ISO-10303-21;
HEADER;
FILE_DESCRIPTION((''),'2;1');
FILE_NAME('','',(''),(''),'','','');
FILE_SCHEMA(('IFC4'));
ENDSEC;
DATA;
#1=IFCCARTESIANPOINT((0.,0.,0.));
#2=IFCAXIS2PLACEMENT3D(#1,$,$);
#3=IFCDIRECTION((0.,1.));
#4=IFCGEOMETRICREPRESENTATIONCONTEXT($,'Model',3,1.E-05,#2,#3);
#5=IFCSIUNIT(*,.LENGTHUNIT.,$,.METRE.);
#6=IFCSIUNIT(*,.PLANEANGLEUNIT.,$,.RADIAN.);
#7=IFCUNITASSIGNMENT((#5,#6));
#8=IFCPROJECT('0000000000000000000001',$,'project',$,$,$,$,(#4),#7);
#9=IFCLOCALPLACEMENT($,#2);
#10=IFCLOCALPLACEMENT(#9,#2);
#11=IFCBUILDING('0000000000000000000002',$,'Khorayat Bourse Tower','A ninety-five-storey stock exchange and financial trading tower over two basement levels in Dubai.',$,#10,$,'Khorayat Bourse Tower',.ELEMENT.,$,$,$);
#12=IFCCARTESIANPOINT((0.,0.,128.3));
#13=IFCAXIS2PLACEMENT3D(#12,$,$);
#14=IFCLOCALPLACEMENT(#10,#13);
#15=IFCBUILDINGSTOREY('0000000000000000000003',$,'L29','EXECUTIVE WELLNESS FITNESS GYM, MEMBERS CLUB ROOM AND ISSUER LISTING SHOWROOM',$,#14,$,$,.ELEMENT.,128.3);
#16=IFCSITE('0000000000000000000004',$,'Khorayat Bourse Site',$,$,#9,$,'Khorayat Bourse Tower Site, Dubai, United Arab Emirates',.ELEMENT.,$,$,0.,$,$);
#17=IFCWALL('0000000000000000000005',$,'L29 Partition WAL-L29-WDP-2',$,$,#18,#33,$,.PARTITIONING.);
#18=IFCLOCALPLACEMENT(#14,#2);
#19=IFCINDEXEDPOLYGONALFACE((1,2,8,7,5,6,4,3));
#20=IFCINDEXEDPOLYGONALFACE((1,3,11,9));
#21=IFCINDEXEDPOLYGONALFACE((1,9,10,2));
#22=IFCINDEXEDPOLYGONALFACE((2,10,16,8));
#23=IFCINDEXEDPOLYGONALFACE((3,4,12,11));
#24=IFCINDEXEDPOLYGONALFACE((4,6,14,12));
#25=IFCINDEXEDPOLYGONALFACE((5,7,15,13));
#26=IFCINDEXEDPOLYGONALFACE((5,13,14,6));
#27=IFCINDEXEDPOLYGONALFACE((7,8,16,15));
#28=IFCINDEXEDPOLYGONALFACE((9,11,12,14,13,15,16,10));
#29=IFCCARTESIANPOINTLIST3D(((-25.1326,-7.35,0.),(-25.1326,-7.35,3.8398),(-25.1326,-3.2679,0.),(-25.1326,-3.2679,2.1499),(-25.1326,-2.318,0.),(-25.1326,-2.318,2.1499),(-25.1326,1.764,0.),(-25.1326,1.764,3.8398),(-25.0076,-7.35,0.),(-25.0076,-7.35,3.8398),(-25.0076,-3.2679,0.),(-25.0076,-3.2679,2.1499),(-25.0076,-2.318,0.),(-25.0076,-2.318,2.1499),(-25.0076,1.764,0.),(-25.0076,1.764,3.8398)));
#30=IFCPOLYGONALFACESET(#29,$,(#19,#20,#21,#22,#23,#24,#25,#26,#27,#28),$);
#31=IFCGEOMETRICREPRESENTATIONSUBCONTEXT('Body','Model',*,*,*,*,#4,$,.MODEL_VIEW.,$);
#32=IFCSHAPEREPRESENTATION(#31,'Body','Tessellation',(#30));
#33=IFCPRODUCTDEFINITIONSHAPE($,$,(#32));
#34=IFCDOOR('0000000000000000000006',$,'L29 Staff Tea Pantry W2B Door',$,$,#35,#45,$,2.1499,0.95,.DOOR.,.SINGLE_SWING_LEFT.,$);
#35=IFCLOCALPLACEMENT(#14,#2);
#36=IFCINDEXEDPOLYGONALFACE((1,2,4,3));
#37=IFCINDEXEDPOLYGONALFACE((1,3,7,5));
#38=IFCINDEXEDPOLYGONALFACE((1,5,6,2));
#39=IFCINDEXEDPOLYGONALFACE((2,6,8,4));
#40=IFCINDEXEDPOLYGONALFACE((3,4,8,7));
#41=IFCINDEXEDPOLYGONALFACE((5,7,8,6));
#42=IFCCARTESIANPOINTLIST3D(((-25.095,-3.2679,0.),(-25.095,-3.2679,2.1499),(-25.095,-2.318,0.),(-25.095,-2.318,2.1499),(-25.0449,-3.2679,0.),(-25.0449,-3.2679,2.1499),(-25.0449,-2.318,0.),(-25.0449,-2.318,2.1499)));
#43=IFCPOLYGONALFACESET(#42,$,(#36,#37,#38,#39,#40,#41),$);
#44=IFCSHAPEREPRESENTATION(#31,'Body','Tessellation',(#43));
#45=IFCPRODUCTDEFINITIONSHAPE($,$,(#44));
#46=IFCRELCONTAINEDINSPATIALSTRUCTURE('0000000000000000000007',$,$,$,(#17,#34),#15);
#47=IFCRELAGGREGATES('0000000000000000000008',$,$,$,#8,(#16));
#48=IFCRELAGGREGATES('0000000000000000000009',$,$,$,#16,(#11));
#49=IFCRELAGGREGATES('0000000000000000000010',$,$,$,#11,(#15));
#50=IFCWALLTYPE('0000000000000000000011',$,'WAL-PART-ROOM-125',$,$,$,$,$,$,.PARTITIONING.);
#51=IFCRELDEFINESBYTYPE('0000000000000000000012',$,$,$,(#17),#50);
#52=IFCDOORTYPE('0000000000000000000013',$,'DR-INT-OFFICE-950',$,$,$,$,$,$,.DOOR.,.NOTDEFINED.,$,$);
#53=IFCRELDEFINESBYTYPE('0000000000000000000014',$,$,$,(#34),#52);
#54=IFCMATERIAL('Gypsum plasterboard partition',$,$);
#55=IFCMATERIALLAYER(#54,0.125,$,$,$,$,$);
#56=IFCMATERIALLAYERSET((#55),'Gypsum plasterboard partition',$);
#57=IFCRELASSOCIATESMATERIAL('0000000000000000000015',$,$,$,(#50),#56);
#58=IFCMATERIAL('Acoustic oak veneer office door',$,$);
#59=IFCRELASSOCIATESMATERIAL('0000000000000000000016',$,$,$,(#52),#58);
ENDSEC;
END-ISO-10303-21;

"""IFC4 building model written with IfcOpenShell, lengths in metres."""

from ifc_helpers import new_model, si_unit, direction, frame, frame_2d, origin, place, context, subcontext, project, spatial, rectangle, extrude, source, transform, mapped, material, layer, layer_set, type_object, element, fill, save


model = new_model("IFC4")

# Units and contexts
model_context = context("Model", 3, precision=1e-05, world=origin(), true_north=direction((0.0, 1.0)))
body_context = subcontext(model_context, "Body", "Model", "MODEL_VIEW")
ifc_project = project(units=[si_unit("LENGTHUNIT", "METRE"), si_unit("PLANEANGLEUNIT", "RADIAN")], contexts=[model_context])

# Site, building, storey
site_placement = place(None, origin())
site = spatial("IfcSite", under=ifc_project, at=site_placement, Name="Khorayat Bourse Site", LongName="Khorayat Bourse Tower Site, Dubai, United Arab Emirates", CompositionType="ELEMENT", RefElevation=0.0)
building_placement = place(site_placement, origin())
building = spatial("IfcBuilding", under=site, at=building_placement, Name="Khorayat Bourse Tower", Description="A ninety-five-storey stock exchange and financial trading tower over two basement levels in Dubai.", LongName="Khorayat Bourse Tower", CompositionType="ELEMENT")
storey_placement = place(building_placement, frame((0.0, 0.0, 128.3)))
storey = spatial("IfcBuildingStorey", under=building, at=storey_placement, Name="L29", Description="EXECUTIVE WELLNESS FITNESS GYM, MEMBERS CLUB ROOM AND ISSUER LISTING SHOWROOM", CompositionType="ELEMENT", Elevation=128.3)

# Wall, opening, door
ifc_material_1 = material(Name="Gypsum plasterboard partition")
ifc_layer_1 = layer(ifc_material_1, 0.125)
ifc_layer_set_1 = layer_set([ifc_layer_1], Name="Gypsum plasterboard partition")
wall_type_1 = type_object("IfcWallType", Name="WAL-PART-ROOM-125", PredefinedType="PARTITIONING", material=ifc_layer_set_1)
shared_shape_1 = source(origin(), body_context, "Body", "SweptSolid", [
    extrude(rectangle(XDim=9.114, YDim=0.125, at=frame_2d((4.5571, 0.0))), origin(), (0.0, 0.0, 1.0), 3.8398),
])
wall_1_placement = place(storey_placement, frame((-25.0701, -7.3501, 0.0), z_axis=(0.0, 0.0, 1.0), x_axis=(0.0, 1.0, 0.0)))
wall_1 = element("IfcWall", 1, at=wall_1_placement, inside=storey, type_object=wall_type_1, Name="L29 Partition WAL-L29-WDP-2", PredefinedType="PARTITIONING", context=body_context, shape_type="MappedRepresentation", body=[
    mapped(shared_shape_1, transform((0.0, 0.0, 0.0), scale=1.0)),
])
shared_shape_2 = source(origin(), body_context, "Body", "SweptSolid", [
    extrude(rectangle(XDim=0.95, YDim=2.1499, at=frame_2d((0.4751, 1.075))), frame((0.0, 0.0725, 0.0), z_axis=(0.0, -1.0, 0.0), x_axis=(1.0, 0.0, 0.0)), (0.0, 0.0, 1.0), 0.145),
])
opening_1_placement = place(wall_1_placement, frame((4.082, 0.0, 0.0)))
opening_1 = element("IfcOpeningElement", 2, at=opening_1_placement, cuts=wall_1, PredefinedType="OPENING", context=body_context, shape_type="MappedRepresentation", body=[
    mapped(shared_shape_2, transform((0.0, 0.0, 0.0), scale=1.0)),
])
ifc_material_2 = material(Name="Acoustic oak veneer office door")
door_type_1 = type_object("IfcDoorType", Name="DR-INT-OFFICE-950", OperationType="NOTDEFINED", PredefinedType="DOOR", material=ifc_material_2)
shared_shape_3 = source(origin(), body_context, "Body", "SweptSolid", [
    extrude(rectangle(XDim=0.95, YDim=2.1499, at=frame_2d((0.4751, 1.075))), frame((0.0, 0.0249, 0.0), z_axis=(0.0, -1.0, 0.0), x_axis=(1.0, 0.0, 0.0)), (0.0, 0.0, 1.0), 0.05),
])
door_1_placement = place(opening_1_placement, origin())
door_1 = element("IfcDoor", 3, at=door_1_placement, inside=storey, type_object=door_type_1, Name="L29 Staff Tea Pantry W2B Door", OperationType="SINGLE_SWING_LEFT", OverallHeight=2.1499, OverallWidth=0.95, PredefinedType="DOOR", context=body_context, shape_type="MappedRepresentation", body=[
    mapped(shared_shape_3, transform((0.0, 0.0, 0.0), scale=1.0)),
])
fill(opening_1, door_1)

save(model, "model.ifc")
